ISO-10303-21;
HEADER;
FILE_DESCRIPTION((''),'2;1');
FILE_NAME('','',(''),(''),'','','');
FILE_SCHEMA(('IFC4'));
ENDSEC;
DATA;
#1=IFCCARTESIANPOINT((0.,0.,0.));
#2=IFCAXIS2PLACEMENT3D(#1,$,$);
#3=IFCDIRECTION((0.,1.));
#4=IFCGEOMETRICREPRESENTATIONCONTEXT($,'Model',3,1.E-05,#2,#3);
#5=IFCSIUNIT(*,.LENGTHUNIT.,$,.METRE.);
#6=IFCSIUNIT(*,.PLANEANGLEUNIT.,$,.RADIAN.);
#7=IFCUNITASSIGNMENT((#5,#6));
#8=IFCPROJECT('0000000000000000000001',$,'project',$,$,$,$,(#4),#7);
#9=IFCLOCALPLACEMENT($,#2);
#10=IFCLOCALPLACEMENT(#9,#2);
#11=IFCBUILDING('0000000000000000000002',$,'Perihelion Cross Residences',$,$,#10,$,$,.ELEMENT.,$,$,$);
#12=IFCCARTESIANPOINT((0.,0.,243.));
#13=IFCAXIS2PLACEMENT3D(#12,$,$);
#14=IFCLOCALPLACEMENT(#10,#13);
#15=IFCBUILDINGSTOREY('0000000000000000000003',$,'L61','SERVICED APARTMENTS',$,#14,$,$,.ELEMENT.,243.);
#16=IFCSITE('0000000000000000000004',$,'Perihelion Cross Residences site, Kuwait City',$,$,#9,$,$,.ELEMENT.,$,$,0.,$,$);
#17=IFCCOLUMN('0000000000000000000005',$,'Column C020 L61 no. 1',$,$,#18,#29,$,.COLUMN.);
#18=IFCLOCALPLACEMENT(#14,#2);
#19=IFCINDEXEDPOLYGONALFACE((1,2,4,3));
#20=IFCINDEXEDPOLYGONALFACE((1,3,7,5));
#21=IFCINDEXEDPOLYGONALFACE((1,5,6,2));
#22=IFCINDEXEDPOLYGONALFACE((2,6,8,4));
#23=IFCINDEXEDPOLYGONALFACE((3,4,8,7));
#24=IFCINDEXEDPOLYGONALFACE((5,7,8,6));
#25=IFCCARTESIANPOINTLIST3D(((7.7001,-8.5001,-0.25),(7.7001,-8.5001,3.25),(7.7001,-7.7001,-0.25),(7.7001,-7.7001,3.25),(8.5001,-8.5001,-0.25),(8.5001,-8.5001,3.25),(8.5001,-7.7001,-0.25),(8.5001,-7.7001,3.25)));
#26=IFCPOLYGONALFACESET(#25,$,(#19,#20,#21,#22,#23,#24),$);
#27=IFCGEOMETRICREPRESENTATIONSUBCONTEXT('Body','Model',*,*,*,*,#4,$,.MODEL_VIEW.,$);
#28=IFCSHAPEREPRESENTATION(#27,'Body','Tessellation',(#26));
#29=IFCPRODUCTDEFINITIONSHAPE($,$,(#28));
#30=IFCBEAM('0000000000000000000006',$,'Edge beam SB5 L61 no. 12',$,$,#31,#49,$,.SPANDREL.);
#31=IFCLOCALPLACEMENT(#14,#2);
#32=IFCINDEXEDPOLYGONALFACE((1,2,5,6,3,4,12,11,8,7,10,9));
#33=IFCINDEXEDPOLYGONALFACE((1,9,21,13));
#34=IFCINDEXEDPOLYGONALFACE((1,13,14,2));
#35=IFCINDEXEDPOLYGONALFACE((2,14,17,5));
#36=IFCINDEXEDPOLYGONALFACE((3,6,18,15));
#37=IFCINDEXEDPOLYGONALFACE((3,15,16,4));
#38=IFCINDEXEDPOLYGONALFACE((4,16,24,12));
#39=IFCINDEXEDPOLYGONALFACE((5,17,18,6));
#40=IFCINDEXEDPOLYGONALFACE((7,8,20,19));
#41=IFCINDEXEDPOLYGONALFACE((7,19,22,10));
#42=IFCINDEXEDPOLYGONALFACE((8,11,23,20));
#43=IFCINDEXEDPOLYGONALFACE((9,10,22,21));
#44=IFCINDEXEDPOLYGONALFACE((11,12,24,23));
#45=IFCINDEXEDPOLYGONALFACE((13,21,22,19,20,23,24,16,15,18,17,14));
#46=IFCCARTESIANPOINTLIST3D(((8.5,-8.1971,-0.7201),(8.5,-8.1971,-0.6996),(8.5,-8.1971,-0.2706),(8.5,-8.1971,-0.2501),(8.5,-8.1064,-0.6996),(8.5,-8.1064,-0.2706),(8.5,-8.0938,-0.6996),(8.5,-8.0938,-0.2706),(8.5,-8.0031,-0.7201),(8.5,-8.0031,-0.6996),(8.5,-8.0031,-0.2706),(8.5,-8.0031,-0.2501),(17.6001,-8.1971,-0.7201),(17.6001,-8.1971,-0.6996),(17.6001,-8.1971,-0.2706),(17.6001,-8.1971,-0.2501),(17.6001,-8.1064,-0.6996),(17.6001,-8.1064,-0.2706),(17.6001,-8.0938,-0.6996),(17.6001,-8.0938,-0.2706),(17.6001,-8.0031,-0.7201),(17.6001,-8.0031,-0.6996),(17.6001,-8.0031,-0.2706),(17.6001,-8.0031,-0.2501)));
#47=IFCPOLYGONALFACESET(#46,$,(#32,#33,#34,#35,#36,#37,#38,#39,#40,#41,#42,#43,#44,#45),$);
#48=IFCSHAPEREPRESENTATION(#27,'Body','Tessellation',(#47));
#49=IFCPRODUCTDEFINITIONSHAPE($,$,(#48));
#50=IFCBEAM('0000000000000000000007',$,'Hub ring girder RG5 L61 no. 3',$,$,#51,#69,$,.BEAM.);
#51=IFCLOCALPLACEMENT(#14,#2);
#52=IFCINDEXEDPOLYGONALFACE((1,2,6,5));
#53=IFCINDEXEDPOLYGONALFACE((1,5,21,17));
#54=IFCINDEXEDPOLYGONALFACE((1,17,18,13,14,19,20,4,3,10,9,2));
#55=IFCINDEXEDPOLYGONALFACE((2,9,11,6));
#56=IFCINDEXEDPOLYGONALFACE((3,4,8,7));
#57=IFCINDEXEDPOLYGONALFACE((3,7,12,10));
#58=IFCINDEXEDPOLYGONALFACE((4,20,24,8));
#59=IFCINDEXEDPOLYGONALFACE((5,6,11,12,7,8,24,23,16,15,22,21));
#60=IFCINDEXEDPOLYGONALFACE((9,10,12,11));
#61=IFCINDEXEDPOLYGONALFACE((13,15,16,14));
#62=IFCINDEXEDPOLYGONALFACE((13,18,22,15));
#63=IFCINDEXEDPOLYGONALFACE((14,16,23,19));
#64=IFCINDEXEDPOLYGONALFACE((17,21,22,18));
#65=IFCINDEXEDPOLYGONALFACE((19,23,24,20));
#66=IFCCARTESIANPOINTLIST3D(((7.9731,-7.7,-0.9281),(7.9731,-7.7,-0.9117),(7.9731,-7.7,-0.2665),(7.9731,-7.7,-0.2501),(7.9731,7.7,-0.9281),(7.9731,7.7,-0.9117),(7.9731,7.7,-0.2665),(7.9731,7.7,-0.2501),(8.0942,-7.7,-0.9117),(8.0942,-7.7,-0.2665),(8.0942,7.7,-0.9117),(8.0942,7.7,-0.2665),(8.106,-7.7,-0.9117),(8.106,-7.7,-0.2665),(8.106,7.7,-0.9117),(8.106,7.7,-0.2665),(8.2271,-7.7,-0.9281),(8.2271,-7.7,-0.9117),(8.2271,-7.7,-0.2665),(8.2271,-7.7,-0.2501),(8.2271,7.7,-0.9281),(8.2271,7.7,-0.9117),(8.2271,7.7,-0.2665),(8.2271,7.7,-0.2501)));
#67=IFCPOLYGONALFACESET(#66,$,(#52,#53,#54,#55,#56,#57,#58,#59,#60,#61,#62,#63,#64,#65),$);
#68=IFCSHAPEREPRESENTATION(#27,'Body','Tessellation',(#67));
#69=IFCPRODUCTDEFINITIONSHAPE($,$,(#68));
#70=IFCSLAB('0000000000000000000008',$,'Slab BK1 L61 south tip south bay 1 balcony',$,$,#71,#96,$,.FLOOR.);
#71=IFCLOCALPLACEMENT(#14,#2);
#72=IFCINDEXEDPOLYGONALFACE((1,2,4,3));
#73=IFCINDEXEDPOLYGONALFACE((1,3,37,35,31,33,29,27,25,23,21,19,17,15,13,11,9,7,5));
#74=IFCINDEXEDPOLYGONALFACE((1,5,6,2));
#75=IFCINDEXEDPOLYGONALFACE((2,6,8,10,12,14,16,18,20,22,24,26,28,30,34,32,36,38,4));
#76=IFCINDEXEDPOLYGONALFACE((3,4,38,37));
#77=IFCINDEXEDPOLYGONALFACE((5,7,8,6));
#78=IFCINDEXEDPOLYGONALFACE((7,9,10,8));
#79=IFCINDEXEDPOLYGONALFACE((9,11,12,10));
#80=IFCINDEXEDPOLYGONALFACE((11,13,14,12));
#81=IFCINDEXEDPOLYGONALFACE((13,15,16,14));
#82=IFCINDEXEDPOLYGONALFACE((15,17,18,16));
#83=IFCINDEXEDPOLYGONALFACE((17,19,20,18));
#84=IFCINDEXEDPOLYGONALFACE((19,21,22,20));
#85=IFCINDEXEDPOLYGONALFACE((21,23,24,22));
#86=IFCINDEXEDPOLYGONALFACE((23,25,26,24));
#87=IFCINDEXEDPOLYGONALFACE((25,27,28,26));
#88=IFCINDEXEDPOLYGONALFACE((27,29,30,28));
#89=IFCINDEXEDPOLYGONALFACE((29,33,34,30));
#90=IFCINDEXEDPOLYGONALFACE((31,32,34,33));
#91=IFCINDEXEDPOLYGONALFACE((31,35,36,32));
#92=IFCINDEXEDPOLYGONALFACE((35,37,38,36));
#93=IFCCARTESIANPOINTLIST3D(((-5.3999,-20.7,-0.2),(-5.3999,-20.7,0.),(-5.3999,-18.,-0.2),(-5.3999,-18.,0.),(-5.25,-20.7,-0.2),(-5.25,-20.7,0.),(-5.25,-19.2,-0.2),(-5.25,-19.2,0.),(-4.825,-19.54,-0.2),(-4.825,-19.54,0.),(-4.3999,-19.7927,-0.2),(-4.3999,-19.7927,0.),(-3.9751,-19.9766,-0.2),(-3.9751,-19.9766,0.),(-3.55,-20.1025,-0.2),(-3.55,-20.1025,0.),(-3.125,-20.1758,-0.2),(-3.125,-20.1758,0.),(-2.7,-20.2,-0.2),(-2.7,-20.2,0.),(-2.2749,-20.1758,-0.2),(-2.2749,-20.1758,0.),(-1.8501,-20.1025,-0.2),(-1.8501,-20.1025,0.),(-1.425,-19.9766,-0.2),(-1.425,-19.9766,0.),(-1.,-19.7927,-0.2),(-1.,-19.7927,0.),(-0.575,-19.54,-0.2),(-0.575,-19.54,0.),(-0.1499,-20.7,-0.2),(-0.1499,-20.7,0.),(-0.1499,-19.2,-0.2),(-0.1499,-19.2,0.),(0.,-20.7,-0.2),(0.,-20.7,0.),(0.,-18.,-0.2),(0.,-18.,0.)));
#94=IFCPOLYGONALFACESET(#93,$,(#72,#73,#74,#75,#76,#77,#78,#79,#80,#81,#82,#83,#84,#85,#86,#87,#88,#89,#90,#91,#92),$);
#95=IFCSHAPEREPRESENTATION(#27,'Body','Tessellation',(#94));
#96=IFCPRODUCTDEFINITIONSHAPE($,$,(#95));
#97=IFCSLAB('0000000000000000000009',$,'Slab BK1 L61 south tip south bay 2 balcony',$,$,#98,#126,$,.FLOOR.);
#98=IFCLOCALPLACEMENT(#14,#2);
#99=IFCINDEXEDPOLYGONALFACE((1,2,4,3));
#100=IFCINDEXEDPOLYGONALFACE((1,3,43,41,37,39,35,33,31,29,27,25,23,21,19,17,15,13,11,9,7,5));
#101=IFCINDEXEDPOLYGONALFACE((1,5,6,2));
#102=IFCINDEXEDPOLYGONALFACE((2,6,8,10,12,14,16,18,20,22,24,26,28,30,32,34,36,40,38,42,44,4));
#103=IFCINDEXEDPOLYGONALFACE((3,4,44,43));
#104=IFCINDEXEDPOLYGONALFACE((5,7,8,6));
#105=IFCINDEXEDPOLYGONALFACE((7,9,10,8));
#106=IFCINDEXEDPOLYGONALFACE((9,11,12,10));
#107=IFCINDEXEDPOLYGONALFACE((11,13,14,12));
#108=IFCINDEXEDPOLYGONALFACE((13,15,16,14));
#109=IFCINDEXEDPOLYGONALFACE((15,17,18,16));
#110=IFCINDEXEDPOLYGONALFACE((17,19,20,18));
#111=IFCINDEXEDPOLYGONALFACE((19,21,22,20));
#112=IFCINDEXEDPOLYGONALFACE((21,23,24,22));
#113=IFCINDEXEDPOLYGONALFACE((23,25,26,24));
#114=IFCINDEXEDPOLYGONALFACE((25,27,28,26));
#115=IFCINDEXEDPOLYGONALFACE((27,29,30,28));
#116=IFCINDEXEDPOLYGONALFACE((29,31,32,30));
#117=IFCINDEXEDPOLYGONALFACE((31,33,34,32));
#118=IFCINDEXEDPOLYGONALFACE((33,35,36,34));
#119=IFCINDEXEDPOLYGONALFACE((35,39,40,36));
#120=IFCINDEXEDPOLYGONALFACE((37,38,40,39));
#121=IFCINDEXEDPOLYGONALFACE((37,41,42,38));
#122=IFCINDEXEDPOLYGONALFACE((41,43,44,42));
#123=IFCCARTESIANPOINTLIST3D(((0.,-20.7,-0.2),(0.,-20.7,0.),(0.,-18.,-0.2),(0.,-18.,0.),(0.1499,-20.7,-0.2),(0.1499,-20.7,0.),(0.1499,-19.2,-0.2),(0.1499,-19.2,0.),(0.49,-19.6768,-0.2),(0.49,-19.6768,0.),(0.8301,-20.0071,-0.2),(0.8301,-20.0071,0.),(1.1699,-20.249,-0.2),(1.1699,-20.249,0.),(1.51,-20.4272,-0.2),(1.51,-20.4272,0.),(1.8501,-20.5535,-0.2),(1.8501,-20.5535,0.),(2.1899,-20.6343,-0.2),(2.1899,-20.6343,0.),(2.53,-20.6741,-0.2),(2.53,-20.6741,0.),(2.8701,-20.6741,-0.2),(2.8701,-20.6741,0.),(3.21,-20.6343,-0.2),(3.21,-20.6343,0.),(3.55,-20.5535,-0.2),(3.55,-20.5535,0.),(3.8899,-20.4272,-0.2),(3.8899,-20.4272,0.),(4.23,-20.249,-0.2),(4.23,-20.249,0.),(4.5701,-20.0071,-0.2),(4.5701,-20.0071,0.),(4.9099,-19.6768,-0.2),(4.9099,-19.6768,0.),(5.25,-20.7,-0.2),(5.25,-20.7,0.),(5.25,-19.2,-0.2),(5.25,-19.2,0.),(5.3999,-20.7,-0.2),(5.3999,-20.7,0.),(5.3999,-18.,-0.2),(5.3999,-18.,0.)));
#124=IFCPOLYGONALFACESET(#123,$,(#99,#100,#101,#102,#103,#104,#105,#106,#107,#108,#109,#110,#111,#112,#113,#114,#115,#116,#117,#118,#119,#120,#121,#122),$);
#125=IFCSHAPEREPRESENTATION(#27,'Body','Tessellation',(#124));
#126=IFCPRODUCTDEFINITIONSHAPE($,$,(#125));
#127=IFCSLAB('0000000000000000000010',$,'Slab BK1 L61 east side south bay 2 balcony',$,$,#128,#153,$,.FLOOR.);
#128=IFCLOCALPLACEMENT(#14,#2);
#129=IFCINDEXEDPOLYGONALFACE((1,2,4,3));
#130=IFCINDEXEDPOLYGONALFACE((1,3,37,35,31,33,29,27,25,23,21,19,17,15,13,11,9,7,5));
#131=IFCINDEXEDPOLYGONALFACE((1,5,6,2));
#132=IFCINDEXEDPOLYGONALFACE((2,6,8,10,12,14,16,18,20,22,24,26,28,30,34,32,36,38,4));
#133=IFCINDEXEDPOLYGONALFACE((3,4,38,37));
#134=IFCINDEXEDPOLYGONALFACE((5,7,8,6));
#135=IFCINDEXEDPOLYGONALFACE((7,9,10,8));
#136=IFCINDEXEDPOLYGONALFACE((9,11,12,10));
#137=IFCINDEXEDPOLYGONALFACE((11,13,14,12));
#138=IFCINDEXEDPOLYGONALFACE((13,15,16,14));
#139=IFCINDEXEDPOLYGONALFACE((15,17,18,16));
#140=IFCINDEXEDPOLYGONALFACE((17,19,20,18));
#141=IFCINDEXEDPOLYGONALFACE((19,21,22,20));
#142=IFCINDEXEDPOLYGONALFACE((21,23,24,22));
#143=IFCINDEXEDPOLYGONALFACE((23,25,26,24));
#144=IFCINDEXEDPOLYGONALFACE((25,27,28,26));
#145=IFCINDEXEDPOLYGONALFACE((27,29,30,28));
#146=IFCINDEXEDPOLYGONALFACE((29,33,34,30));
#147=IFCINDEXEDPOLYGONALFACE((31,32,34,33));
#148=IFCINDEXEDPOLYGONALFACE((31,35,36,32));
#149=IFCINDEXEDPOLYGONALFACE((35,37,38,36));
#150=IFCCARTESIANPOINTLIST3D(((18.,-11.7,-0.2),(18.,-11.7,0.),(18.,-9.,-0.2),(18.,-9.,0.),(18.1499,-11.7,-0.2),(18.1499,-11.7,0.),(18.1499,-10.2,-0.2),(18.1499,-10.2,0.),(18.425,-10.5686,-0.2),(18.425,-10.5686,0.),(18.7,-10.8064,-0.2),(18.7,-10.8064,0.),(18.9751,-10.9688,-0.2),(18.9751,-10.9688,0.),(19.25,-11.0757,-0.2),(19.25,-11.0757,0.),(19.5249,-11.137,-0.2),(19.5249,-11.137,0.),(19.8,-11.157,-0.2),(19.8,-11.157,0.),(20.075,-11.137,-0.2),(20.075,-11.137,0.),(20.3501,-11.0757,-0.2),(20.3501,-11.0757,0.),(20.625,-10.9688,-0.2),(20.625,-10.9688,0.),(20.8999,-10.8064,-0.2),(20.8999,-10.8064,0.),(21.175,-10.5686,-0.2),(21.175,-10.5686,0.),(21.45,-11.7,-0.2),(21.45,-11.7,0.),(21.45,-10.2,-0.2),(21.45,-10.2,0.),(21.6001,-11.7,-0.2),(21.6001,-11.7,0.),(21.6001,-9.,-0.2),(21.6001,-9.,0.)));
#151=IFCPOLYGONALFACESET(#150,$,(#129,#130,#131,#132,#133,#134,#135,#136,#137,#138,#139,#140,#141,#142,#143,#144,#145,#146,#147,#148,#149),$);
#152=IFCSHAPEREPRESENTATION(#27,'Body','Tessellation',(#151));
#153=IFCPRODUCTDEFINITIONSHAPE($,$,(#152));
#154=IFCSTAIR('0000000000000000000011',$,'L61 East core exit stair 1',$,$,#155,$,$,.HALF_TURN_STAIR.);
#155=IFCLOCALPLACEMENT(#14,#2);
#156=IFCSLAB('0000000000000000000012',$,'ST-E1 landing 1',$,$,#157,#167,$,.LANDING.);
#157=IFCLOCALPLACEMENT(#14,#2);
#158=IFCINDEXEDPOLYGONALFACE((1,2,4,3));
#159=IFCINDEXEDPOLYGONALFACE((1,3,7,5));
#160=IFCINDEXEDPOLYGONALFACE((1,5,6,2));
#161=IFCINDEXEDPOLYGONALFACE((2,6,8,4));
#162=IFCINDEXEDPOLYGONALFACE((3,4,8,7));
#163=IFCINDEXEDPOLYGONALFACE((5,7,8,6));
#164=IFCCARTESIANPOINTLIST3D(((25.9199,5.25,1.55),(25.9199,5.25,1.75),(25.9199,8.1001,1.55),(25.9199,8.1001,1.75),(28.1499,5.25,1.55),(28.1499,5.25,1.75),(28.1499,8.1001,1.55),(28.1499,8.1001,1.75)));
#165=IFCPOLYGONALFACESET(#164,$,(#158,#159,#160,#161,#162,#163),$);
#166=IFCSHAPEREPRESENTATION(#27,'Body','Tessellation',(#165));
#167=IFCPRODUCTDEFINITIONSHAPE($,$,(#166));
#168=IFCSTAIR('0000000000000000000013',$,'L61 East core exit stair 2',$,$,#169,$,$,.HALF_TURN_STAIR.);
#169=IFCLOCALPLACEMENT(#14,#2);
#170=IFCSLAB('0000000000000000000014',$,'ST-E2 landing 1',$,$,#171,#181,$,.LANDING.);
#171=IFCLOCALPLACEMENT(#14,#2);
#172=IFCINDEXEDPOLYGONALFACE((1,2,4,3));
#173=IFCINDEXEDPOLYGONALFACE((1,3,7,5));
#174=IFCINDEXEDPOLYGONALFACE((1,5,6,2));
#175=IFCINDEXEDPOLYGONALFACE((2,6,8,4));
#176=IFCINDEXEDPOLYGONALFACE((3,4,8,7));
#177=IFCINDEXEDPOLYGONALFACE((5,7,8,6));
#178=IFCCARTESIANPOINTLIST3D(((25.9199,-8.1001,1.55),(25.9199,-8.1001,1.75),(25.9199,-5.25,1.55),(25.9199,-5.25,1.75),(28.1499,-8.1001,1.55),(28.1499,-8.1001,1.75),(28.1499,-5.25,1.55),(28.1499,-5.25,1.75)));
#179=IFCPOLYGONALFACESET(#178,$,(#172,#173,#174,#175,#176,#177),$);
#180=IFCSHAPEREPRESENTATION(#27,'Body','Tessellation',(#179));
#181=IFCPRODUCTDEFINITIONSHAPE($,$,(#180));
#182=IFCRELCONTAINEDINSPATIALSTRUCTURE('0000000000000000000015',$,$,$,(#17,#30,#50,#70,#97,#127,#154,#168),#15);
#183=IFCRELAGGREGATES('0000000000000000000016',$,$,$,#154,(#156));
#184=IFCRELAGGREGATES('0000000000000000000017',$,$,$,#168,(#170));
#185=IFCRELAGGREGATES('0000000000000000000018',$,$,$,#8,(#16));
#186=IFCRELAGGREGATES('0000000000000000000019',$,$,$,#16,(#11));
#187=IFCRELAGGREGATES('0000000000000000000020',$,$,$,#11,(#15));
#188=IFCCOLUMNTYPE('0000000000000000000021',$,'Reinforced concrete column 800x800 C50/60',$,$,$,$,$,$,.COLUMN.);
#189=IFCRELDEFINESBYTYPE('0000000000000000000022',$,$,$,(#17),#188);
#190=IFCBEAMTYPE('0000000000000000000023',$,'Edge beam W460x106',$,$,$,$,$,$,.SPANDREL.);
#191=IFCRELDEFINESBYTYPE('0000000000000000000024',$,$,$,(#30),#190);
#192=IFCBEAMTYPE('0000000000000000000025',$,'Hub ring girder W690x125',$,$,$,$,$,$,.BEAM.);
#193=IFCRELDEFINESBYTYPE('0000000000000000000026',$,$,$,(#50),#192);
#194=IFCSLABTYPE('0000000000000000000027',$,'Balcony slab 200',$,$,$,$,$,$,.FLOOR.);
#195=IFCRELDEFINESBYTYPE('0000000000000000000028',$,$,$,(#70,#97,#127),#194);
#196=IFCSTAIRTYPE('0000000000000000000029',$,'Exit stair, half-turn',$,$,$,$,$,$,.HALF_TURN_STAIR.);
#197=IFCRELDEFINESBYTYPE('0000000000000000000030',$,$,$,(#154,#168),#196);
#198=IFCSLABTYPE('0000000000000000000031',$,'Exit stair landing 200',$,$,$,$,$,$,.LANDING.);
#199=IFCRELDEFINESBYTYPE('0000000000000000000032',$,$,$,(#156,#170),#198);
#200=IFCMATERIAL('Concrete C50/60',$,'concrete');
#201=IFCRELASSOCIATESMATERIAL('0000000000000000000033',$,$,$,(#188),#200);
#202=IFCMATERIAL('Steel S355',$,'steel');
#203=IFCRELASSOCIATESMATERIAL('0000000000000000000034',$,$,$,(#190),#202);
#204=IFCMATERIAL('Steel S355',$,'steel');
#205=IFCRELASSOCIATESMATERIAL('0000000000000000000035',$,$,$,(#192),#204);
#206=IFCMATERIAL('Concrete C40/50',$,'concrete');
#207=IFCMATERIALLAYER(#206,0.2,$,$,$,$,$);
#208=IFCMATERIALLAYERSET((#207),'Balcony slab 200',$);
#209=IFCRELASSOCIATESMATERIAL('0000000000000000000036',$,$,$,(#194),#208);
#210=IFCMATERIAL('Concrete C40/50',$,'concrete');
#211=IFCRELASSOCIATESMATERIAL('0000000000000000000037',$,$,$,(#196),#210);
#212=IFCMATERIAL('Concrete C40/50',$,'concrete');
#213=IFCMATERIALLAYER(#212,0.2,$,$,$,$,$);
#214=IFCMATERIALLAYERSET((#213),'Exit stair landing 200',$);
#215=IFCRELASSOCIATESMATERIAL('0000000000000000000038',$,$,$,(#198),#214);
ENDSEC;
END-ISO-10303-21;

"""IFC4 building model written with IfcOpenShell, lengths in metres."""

from ifc_helpers import new_model, si_unit, direction, frame, origin, origin_2d, place, context, subcontext, project, spatial, polyline, rectangle, i_section, outline, extrude, material, layer, layer_set, material_profile, profile_set, type_object, element, aggregate, save


model = new_model("IFC4")

# Units and contexts
model_context = context("Model", 3, precision=1e-05, world=origin(), true_north=direction((0.0, 1.0)))
body_context = subcontext(model_context, "Body", "Model", "MODEL_VIEW")
ifc_project = project(units=[si_unit("LENGTHUNIT", "METRE"), si_unit("PLANEANGLEUNIT", "RADIAN")], contexts=[model_context])

# Site, building, storey
site_placement = place(None, origin())
site = spatial("IfcSite", under=ifc_project, at=site_placement, Name="Perihelion Cross Residences site, Kuwait City", CompositionType="ELEMENT", RefElevation=0.0)
building_placement = place(site_placement, origin())
building = spatial("IfcBuilding", under=site, at=building_placement, Name="Perihelion Cross Residences", CompositionType="ELEMENT")
storey_placement = place(building_placement, frame((0.0, 0.0, 243.0)))
storey = spatial("IfcBuildingStorey", under=building, at=storey_placement, Name="L61", Description="SERVICED APARTMENTS", CompositionType="ELEMENT", Elevation=243.0)

# Column
ifc_material_1 = material(Name="Concrete C50/60", Category="concrete")
ifc_material_profile_1 = material_profile(ifc_material_1, rectangle(XDim=0.8, YDim=0.8, at=origin_2d()), Name="RC 800x800")
ifc_profile_set_1 = profile_set([ifc_material_profile_1], Name="Concrete C50/60")
column_type = type_object("IfcColumnType", Name="Reinforced concrete column 800x800 C50/60", PredefinedType="COLUMN", material=ifc_profile_set_1)
column_placement = place(storey_placement, frame((8.1001, -8.1001, -0.25), z_axis=(0.0, 0.0, 1.0), x_axis=(1.0, 0.0, 0.0)))
element("IfcColumn", 1, at=column_placement, inside=storey, type_object=column_type, Name="Column C020 L61 no. 1", PredefinedType="COLUMN", context=body_context, shape_type="SweptSolid", body=[
    extrude(rectangle(XDim=0.8, YDim=0.8, at=origin_2d()), origin(), (0.0, 0.0, 1.0), 3.5),
])

# Beams
ifc_material_2 = material(Name="Steel S355", Category="steel")
ifc_material_profile_2 = material_profile(ifc_material_2, i_section(OverallWidth=0.1941, OverallDepth=0.47, WebThickness=0.0127, FlangeThickness=0.0205, at=origin_2d()), Name="W460x106")
ifc_profile_set_2 = profile_set([ifc_material_profile_2], Name="Steel S355")
beam_type_1 = type_object("IfcBeamType", Name="Edge beam W460x106", PredefinedType="SPANDREL", material=ifc_profile_set_2)
beam_1_placement = place(storey_placement, frame((8.5, -8.1001, -0.4851), z_axis=(1.0, 0.0, 0.0), x_axis=(0.0, 1.0, 0.0)))
element("IfcBeam", 2, at=beam_1_placement, inside=storey, type_object=beam_type_1, Name="Edge beam SB5 L61 no. 12", PredefinedType="SPANDREL", context=body_context, shape_type="SweptSolid", body=[
    extrude(i_section(OverallWidth=0.1941, OverallDepth=0.47, WebThickness=0.0127, FlangeThickness=0.0205, at=origin_2d()), origin(), (0.0, 0.0, 1.0), 9.1001),
])
ifc_material_3 = material(Name="Steel S355", Category="steel")
ifc_material_profile_3 = material_profile(ifc_material_3, i_section(OverallWidth=0.2539, OverallDepth=0.678, WebThickness=0.0117, FlangeThickness=0.0164, at=origin_2d()), Name="W690x125")
ifc_profile_set_3 = profile_set([ifc_material_profile_3], Name="Steel S355")
beam_type_2 = type_object("IfcBeamType", Name="Hub ring girder W690x125", PredefinedType="BEAM", material=ifc_profile_set_3)
beam_2_placement = place(storey_placement, frame((8.1001, -7.7, -0.5891), z_axis=(0.0, 1.0, 0.0), x_axis=(-1.0, 0.0, 0.0)))
element("IfcBeam", 3, at=beam_2_placement, inside=storey, type_object=beam_type_2, Name="Hub ring girder RG5 L61 no. 3", PredefinedType="BEAM", context=body_context, shape_type="SweptSolid", body=[
    extrude(i_section(OverallWidth=0.2539, OverallDepth=0.678, WebThickness=0.0117, FlangeThickness=0.0164, at=origin_2d()), origin(), (0.0, 0.0, 1.0), 15.3999),
])

# Slabs
ifc_material_4 = material(Name="Concrete C40/50", Category="concrete")
ifc_layer_1 = layer(ifc_material_4, 0.2)
ifc_layer_set_1 = layer_set([ifc_layer_1], Name="Balcony slab 200")
slab_type_1 = type_object("IfcSlabType", Name="Balcony slab 200", PredefinedType="FLOOR", material=ifc_layer_set_1)
slab_1_placement = place(storey_placement, frame((0.0, 0.0, -0.2)))
element("IfcSlab", 4, at=slab_1_placement, inside=storey, type_object=slab_type_1, Name="Slab BK1 L61 south tip south bay 1 balcony", PredefinedType="FLOOR", context=body_context, shape_type="SweptSolid", body=[
    extrude(outline(polyline([(-5.3999, -18.0), (0.0, -18.0), (0.0, -20.7), (-0.1499, -20.7), (-0.1499, -19.2), (-0.575, -19.54), (-1.0, -19.7927), (-1.425, -19.9766), (-1.8501, -20.1025), (-2.2749, -20.1758), (-2.7, -20.2), (-3.125, -20.1758), (-3.55, -20.1025), (-3.9751, -19.9766), (-4.3999, -19.7927), (-4.825, -19.54), (-5.25, -19.2), (-5.25, -20.7), (-5.3999, -20.7), (-5.3999, -18.0)])), origin(), (0.0, 0.0, 1.0), 0.2),
])
slab_2_placement = place(storey_placement, frame((0.0, 0.0, -0.2)))
element("IfcSlab", 5, at=slab_2_placement, inside=storey, type_object=slab_type_1, Name="Slab BK1 L61 south tip south bay 2 balcony", PredefinedType="FLOOR", context=body_context, shape_type="SweptSolid", body=[
    extrude(outline(polyline([(0.0, -18.0), (5.3999, -18.0), (5.3999, -20.7), (5.25, -20.7), (5.25, -19.2), (4.9099, -19.6768), (4.5701, -20.0071), (4.23, -20.249), (3.8899, -20.4272), (3.55, -20.5535), (3.21, -20.6343), (2.8701, -20.6741), (2.53, -20.6741), (2.1899, -20.6343), (1.8501, -20.5535), (1.51, -20.4272), (1.1699, -20.249), (0.8301, -20.0071), (0.49, -19.6768), (0.1499, -19.2), (0.1499, -20.7), (0.0, -20.7), (0.0, -18.0)])), origin(), (0.0, 0.0, 1.0), 0.2),
])
slab_3_placement = place(storey_placement, frame((0.0, 0.0, -0.2)))
element("IfcSlab", 6, at=slab_3_placement, inside=storey, type_object=slab_type_1, Name="Slab BK1 L61 east side south bay 2 balcony", PredefinedType="FLOOR", context=body_context, shape_type="SweptSolid", body=[
    extrude(outline(polyline([(18.0, -9.0), (21.6001, -9.0), (21.6001, -11.7), (21.45, -11.7), (21.45, -10.2), (21.175, -10.5686), (20.8999, -10.8064), (20.625, -10.9688), (20.3501, -11.0757), (20.075, -11.137), (19.8, -11.157), (19.5249, -11.137), (19.25, -11.0757), (18.9751, -10.9688), (18.7, -10.8064), (18.425, -10.5686), (18.1499, -10.2), (18.1499, -11.7), (18.0, -11.7), (18.0, -9.0)])), origin(), (0.0, 0.0, 1.0), 0.2),
])

# Stairs, slabs
ifc_material_5 = material(Name="Concrete C40/50", Category="concrete")
stair_type = type_object("IfcStairType", Name="Exit stair, half-turn", PredefinedType="HALF_TURN_STAIR", material=ifc_material_5)
stair_1_placement = place(storey_placement, origin())
stair_1 = element("IfcStair", 7, at=stair_1_placement, inside=storey, type_object=stair_type, Name="L61 East core exit stair 1", PredefinedType="HALF_TURN_STAIR")
ifc_material_6 = material(Name="Concrete C40/50", Category="concrete")
ifc_layer_2 = layer(ifc_material_6, 0.2)
ifc_layer_set_2 = layer_set([ifc_layer_2], Name="Exit stair landing 200")
slab_type_2 = type_object("IfcSlabType", Name="Exit stair landing 200", PredefinedType="LANDING", material=ifc_layer_set_2)
slab_4_placement = place(storey_placement, frame((0.0, 0.0, 1.55)))
slab_4 = element("IfcSlab", 8, at=slab_4_placement, type_object=slab_type_2, Name="ST-E1 landing 1", PredefinedType="LANDING", context=body_context, shape_type="SweptSolid", body=[
    extrude(outline(polyline([(25.9199, 5.25), (28.1499, 5.25), (28.1499, 8.1001), (25.9199, 8.1001), (25.9199, 5.25)])), origin(), (0.0, 0.0, 1.0), 0.2),
])
aggregate(stair_1, [slab_4])
stair_2_placement = place(storey_placement, origin())
stair_2 = element("IfcStair", 9, at=stair_2_placement, inside=storey, type_object=stair_type, Name="L61 East core exit stair 2", PredefinedType="HALF_TURN_STAIR")
slab_5_placement = place(storey_placement, frame((0.0, 0.0, 1.55)))
slab_5 = element("IfcSlab", 10, at=slab_5_placement, type_object=slab_type_2, Name="ST-E2 landing 1", PredefinedType="LANDING", context=body_context, shape_type="SweptSolid", body=[
    extrude(outline(polyline([(25.9199, -8.1001), (28.1499, -8.1001), (28.1499, -5.25), (25.9199, -5.25), (25.9199, -8.1001)])), origin(), (0.0, 0.0, 1.0), 0.2),
])
aggregate(stair_2, [slab_5])

save(model, "model.ifc")
